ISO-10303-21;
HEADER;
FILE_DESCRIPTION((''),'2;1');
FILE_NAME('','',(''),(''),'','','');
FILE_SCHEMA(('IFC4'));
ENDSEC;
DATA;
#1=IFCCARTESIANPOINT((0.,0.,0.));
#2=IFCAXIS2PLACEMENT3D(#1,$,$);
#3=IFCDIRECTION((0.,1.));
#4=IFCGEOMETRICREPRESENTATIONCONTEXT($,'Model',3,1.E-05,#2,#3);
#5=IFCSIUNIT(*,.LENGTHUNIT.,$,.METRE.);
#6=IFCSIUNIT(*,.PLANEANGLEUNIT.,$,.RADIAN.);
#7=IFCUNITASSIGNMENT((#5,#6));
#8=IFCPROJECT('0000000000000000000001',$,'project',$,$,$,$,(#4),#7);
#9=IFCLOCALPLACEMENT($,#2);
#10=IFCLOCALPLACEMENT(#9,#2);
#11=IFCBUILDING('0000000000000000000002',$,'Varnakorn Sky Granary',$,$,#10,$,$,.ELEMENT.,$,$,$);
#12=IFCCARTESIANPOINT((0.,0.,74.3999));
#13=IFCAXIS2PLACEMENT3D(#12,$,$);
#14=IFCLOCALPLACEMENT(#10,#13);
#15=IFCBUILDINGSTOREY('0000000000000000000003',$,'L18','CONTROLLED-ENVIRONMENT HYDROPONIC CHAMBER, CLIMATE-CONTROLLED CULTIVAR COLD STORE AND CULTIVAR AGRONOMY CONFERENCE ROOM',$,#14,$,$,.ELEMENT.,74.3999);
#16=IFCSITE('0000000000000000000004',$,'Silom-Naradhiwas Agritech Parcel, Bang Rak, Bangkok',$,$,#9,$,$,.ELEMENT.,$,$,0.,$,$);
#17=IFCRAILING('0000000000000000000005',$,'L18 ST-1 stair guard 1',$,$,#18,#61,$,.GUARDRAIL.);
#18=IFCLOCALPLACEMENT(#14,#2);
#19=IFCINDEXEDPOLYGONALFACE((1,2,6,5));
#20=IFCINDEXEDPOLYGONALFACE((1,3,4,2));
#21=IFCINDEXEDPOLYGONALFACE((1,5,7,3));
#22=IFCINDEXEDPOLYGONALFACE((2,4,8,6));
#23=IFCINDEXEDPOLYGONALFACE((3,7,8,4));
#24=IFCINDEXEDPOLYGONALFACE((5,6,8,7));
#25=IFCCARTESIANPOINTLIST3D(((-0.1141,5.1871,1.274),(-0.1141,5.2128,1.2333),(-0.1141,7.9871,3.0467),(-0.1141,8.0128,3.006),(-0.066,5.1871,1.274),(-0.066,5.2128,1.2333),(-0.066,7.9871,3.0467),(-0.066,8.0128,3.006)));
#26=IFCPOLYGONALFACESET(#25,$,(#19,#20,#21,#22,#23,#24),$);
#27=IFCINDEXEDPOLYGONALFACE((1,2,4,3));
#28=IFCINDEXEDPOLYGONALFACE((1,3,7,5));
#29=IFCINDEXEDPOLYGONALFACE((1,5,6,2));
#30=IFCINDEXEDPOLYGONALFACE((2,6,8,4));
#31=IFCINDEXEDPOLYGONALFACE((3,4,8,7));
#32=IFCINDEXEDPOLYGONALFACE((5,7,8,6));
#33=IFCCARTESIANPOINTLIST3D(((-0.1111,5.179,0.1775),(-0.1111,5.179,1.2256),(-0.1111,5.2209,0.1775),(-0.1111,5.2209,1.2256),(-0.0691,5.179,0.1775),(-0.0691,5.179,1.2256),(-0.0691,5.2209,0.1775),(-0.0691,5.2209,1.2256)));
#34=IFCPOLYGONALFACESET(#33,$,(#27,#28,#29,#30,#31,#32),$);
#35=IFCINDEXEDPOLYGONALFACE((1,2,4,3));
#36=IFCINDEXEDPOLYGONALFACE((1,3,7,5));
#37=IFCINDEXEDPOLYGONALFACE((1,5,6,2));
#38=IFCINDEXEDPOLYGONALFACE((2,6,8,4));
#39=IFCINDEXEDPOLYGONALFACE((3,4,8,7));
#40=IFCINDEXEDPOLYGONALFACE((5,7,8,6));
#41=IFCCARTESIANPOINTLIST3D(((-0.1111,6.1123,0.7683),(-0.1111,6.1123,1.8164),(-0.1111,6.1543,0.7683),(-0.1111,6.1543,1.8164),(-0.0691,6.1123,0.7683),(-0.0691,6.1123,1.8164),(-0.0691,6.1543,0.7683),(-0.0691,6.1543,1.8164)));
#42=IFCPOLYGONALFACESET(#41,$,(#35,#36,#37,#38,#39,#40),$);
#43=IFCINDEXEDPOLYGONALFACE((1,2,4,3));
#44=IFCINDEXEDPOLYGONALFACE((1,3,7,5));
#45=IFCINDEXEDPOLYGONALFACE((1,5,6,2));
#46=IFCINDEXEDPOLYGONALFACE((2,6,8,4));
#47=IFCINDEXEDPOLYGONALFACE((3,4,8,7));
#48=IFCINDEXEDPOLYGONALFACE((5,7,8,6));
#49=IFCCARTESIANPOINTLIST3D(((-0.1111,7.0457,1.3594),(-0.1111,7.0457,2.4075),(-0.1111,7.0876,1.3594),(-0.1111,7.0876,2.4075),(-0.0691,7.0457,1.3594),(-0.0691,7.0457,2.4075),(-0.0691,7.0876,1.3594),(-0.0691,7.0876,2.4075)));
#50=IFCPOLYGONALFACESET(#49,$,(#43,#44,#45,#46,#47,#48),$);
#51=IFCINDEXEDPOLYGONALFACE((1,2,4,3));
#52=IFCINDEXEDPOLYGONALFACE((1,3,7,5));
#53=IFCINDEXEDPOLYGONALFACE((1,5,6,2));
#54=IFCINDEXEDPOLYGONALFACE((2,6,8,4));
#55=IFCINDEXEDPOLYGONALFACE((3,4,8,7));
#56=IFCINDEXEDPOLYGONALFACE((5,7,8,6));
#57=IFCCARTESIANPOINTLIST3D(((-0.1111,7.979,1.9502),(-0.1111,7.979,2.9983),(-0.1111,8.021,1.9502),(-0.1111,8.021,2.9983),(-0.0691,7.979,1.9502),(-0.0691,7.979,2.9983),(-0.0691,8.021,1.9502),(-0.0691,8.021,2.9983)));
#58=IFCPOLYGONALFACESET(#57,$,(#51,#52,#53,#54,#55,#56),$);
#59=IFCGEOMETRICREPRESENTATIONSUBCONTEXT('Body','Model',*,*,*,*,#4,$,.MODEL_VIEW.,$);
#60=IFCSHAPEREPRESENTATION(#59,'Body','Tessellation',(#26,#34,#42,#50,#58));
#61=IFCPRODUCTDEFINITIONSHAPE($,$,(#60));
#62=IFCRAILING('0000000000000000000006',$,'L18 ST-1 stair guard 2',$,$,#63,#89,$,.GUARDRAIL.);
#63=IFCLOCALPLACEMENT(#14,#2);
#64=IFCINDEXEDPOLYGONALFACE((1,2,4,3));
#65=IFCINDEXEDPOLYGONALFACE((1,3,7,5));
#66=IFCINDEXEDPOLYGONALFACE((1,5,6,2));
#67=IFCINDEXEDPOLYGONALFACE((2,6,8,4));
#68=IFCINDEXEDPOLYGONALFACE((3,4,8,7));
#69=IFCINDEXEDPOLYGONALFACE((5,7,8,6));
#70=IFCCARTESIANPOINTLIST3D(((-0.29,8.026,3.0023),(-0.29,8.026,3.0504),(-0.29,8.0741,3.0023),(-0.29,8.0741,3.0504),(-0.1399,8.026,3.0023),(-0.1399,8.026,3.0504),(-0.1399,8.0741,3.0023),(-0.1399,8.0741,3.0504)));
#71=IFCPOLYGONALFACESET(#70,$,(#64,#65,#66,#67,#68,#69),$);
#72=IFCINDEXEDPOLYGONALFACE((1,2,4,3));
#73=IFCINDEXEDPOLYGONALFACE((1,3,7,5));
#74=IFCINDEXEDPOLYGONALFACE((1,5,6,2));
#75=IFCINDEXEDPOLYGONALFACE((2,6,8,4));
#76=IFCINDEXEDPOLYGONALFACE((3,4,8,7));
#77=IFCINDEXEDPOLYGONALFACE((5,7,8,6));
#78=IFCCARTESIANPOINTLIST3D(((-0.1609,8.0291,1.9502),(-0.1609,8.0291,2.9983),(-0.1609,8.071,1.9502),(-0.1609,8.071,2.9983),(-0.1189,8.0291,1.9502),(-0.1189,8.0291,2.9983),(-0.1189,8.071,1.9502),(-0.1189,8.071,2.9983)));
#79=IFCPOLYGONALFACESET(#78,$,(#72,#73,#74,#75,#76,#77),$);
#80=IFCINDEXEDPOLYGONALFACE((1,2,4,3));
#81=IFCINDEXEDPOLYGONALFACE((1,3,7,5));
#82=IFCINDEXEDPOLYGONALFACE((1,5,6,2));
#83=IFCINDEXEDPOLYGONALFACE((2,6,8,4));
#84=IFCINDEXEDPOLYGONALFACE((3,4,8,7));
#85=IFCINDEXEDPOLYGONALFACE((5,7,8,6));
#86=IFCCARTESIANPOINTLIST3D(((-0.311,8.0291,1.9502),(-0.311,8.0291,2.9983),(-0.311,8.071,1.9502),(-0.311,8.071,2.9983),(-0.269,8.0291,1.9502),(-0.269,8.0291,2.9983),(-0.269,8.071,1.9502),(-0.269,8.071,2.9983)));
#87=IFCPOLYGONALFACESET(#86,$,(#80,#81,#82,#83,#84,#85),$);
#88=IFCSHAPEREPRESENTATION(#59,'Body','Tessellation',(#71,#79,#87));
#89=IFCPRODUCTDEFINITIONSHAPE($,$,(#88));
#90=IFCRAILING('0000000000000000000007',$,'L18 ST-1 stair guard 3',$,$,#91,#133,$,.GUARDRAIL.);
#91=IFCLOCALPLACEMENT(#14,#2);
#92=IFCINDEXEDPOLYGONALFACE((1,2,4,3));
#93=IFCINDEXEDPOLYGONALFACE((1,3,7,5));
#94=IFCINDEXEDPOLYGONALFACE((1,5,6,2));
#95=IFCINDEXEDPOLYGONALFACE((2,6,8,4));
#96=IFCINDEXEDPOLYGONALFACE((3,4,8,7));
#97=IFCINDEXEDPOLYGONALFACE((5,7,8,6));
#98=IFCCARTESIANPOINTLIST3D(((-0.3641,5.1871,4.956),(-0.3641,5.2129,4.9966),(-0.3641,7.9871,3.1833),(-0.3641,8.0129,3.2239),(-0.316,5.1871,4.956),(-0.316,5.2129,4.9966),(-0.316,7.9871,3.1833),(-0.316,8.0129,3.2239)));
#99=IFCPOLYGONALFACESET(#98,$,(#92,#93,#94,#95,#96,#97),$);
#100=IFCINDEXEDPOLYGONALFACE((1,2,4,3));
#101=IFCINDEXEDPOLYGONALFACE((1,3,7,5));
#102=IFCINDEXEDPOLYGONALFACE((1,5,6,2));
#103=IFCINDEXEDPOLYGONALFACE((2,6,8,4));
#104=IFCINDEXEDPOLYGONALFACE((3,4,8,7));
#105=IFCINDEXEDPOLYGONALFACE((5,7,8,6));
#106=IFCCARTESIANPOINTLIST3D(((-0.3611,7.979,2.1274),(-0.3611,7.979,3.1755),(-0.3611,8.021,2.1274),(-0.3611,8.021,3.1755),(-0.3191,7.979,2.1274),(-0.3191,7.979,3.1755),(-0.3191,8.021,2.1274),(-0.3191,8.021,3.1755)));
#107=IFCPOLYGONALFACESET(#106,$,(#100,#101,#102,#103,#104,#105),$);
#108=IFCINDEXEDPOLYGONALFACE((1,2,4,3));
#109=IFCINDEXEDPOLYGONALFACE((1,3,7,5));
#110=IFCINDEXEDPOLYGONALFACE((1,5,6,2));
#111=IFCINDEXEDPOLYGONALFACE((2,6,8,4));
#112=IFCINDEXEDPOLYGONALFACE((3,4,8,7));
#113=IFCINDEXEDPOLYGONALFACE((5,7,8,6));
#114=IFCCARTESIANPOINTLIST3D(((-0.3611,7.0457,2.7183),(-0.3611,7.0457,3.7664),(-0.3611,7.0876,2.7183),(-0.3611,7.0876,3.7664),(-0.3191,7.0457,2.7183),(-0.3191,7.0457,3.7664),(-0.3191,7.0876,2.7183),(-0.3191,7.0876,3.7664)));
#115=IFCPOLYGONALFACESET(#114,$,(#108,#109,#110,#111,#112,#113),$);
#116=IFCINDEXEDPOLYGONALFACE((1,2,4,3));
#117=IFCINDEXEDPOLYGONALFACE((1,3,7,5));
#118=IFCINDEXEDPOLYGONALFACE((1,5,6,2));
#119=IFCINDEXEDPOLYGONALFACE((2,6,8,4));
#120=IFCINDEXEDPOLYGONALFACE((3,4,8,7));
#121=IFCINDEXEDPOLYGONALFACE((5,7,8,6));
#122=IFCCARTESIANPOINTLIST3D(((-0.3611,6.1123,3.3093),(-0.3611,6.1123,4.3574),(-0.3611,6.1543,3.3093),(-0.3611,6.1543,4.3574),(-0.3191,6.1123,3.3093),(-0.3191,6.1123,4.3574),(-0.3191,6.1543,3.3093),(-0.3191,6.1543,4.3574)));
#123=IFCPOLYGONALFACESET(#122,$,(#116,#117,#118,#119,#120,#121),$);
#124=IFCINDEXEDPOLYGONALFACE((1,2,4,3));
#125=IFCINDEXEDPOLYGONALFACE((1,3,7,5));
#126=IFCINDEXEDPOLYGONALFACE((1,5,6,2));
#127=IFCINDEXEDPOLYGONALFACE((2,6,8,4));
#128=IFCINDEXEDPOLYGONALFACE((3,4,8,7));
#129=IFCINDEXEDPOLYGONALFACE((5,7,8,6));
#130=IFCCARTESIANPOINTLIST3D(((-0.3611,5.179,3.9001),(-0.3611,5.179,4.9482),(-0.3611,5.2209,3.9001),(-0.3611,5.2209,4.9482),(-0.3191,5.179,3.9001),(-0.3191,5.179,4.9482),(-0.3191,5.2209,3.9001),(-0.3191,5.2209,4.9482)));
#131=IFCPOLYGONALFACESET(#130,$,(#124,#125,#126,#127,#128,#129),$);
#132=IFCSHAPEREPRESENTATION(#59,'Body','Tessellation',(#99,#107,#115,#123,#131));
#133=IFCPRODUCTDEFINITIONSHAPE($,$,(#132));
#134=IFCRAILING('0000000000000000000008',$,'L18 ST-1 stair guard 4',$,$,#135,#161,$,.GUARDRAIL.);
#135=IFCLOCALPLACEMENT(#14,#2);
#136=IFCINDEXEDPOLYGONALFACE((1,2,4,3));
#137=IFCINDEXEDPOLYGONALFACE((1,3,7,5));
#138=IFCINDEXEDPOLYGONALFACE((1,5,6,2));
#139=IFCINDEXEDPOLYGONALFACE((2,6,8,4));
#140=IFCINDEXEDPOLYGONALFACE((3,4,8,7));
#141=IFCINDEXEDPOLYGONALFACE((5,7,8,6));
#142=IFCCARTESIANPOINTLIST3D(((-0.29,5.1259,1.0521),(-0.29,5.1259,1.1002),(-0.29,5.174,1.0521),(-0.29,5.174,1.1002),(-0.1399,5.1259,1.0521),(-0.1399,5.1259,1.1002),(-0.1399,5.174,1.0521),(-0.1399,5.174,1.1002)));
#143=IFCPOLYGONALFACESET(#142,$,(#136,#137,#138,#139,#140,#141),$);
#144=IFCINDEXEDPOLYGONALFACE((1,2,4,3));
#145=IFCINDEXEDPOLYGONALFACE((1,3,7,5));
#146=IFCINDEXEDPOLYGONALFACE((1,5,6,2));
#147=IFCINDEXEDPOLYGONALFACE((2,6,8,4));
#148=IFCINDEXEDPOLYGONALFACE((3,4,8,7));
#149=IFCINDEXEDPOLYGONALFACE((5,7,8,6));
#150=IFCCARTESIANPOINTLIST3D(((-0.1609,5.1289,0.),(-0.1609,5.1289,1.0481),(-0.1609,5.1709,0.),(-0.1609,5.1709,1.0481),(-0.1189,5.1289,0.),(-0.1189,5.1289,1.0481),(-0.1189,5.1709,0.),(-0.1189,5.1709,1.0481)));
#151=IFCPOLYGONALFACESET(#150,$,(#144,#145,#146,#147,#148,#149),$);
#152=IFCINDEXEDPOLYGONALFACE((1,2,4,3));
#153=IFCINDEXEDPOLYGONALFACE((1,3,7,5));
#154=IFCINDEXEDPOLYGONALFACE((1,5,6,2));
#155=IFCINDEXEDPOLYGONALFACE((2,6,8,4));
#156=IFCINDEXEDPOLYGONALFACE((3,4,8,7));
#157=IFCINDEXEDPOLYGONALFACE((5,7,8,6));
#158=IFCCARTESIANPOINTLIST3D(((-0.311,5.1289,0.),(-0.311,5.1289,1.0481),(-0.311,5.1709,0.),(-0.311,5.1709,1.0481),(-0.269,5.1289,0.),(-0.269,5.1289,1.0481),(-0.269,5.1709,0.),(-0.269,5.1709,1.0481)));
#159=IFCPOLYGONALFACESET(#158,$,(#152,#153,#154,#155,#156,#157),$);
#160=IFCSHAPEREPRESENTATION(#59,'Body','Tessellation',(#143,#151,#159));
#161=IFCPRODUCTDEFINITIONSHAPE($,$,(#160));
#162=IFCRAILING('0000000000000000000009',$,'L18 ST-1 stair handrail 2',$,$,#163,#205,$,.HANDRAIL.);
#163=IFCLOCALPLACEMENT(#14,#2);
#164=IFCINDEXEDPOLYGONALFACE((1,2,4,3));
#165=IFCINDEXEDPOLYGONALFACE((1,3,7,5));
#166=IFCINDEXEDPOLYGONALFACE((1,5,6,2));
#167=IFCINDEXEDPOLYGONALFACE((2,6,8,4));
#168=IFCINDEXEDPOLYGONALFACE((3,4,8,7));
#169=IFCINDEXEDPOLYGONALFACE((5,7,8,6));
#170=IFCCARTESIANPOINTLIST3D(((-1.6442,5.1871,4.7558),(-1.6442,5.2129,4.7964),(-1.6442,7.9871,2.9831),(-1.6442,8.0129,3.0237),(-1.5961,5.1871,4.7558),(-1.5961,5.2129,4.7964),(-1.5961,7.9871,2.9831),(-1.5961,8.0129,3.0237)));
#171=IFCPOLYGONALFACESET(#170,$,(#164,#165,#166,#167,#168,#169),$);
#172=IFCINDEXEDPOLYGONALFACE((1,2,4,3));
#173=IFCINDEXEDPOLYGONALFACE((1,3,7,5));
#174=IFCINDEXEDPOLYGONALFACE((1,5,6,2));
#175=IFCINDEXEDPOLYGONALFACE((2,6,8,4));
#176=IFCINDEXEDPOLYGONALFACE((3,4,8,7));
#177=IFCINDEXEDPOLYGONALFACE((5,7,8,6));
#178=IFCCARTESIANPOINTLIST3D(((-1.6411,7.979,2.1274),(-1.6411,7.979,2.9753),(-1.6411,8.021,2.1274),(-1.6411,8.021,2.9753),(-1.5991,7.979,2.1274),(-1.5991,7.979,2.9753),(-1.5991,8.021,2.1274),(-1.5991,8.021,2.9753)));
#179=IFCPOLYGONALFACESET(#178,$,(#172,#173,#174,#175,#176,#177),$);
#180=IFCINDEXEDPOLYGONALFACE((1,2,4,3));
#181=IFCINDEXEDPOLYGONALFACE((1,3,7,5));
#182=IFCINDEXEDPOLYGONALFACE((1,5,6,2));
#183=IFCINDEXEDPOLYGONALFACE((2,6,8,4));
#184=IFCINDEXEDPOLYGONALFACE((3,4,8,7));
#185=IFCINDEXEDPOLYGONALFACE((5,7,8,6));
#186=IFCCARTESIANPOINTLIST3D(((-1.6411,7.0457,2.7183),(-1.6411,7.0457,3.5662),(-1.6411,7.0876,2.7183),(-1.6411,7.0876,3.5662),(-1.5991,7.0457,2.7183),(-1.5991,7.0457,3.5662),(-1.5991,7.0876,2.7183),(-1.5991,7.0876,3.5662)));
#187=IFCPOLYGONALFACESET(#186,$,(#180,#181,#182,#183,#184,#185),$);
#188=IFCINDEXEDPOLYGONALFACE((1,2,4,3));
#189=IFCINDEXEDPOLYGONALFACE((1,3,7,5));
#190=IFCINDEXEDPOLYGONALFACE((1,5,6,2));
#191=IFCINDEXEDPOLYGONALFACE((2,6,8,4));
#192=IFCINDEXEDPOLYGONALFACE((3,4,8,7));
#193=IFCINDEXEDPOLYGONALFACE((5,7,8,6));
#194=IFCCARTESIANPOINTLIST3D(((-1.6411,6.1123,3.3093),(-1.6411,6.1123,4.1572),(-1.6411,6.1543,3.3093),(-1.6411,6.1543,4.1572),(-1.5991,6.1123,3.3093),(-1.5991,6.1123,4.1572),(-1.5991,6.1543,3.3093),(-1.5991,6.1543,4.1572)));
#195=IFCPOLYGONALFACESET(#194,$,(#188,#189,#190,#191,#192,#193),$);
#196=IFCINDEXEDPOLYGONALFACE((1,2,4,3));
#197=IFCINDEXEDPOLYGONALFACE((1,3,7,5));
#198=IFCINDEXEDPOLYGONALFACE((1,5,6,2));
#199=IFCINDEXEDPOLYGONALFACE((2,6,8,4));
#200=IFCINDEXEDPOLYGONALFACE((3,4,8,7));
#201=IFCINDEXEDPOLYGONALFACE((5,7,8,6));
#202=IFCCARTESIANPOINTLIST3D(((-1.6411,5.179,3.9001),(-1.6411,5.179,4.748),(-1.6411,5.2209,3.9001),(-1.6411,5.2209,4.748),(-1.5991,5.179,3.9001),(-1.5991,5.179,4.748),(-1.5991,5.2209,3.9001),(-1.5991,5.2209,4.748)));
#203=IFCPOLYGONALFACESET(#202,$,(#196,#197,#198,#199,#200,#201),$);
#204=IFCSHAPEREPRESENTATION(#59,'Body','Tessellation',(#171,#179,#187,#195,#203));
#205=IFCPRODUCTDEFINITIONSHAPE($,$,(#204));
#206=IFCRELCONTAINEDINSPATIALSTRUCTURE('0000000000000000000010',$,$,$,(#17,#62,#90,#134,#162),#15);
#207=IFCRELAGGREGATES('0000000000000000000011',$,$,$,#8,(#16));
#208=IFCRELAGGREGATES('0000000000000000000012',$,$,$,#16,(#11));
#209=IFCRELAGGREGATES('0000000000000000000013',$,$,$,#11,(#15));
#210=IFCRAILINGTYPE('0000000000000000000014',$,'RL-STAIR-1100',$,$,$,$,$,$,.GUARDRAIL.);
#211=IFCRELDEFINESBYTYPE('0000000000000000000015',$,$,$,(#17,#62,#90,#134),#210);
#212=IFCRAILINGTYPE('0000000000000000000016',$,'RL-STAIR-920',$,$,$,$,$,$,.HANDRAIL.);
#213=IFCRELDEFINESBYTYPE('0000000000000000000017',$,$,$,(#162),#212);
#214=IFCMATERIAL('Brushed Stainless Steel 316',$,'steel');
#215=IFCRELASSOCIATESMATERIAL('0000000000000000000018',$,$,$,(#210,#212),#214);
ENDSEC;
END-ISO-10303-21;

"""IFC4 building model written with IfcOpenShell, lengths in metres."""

from ifc_helpers import new_model, si_unit, direction, frame, origin, origin_2d, place, context, subcontext, project, spatial, rectangle, extrude, material, type_object, element, save


model = new_model("IFC4")

# Units and contexts
model_context = context("Model", 3, precision=1e-05, world=origin(), true_north=direction((0.0, 1.0)))
body_context = subcontext(model_context, "Body", "Model", "MODEL_VIEW")
ifc_project = project(units=[si_unit("LENGTHUNIT", "METRE"), si_unit("PLANEANGLEUNIT", "RADIAN")], contexts=[model_context])

# Site, building, storey
site_placement = place(None, origin())
site = spatial("IfcSite", under=ifc_project, at=site_placement, Name="Silom-Naradhiwas Agritech Parcel, Bang Rak, Bangkok", CompositionType="ELEMENT", RefElevation=0.0)
building_placement = place(site_placement, origin())
building = spatial("IfcBuilding", under=site, at=building_placement, Name="Varnakorn Sky Granary", CompositionType="ELEMENT")
storey_placement = place(building_placement, frame((0.0, 0.0, 74.3999)))
storey = spatial("IfcBuildingStorey", under=building, at=storey_placement, Name="L18", Description="CONTROLLED-ENVIRONMENT HYDROPONIC CHAMBER, CLIMATE-CONTROLLED CULTIVAR COLD STORE AND CULTIVAR AGRONOMY CONFERENCE ROOM", CompositionType="ELEMENT", Elevation=74.3999)

# Railings
ifc_material_1 = material(Name="Brushed Stainless Steel 316", Category="steel")
railing_type_1 = type_object("IfcRailingType", Name="RL-STAIR-1100", PredefinedType="GUARDRAIL", material=ifc_material_1)
railing_1_placement = place(storey_placement, frame((-0.0901, 5.2, 0.1775)))
element("IfcRailing", 1, at=railing_1_placement, inside=storey, type_object=railing_type_1, Name="L18 ST-1 stair guard 1", PredefinedType="GUARDRAIL", context=body_context, shape_type="SweptSolid", body=[
    extrude(rectangle(XDim=0.0481, YDim=0.0481, at=origin_2d()), frame((0.0, 0.0, 1.0762), z_axis=(0.0, 0.844909, 0.53491), x_axis=(-1.0, 0.0, 0.0)), (0.0, 0.0, 1.0), 3.314),
    extrude(rectangle(XDim=0.042, YDim=0.042, at=origin_2d()), origin(), (0.0, 0.0, 1.0), 1.0481),
    extrude(rectangle(XDim=0.042, YDim=0.042, at=origin_2d()), frame((0.0, 0.9333, 0.5908)), (0.0, 0.0, 1.0), 1.0481),
    extrude(rectangle(XDim=0.042, YDim=0.042, at=origin_2d()), frame((0.0, 1.8667, 1.1819)), (0.0, 0.0, 1.0), 1.0481),
    extrude(rectangle(XDim=0.042, YDim=0.042, at=origin_2d()), frame((0.0, 2.8, 1.7727)), (0.0, 0.0, 1.0), 1.0481),
])
railing_2_placement = place(storey_placement, frame((-0.1399, 8.05, 1.9502)))
element("IfcRailing", 2, at=railing_2_placement, inside=storey, type_object=railing_type_1, Name="L18 ST-1 stair guard 2", PredefinedType="GUARDRAIL", context=body_context, shape_type="SweptSolid", body=[
    extrude(rectangle(XDim=0.0481, YDim=0.0481, at=origin_2d()), frame((0.0, 0.0, 1.0762), z_axis=(-1.0, 0.0, 0.0), x_axis=(0.0, -1.0, 0.0)), (0.0, 0.0, 1.0), 0.1501),
    extrude(rectangle(XDim=0.042, YDim=0.042, at=origin_2d()), origin(), (0.0, 0.0, 1.0), 1.0481),
    extrude(rectangle(XDim=0.042, YDim=0.042, at=origin_2d()), frame((-0.1501, 0.0, 0.0)), (0.0, 0.0, 1.0), 1.0481),
])
railing_3_placement = place(storey_placement, frame((-0.3401, 8.0, 2.1274)))
element("IfcRailing", 3, at=railing_3_placement, inside=storey, type_object=railing_type_1, Name="L18 ST-1 stair guard 3", PredefinedType="GUARDRAIL", context=body_context, shape_type="SweptSolid", body=[
    extrude(rectangle(XDim=0.0481, YDim=0.0481, at=origin_2d()), frame((0.0, 0.0, 1.0762), z_axis=(0.0, -0.844909, 0.53491), x_axis=(1.0, 0.0, 0.0)), (0.0, 0.0, 1.0), 3.314),
    extrude(rectangle(XDim=0.042, YDim=0.042, at=origin_2d()), origin(), (0.0, 0.0, 1.0), 1.0481),
    extrude(rectangle(XDim=0.042, YDim=0.042, at=origin_2d()), frame((0.0, -0.9333, 0.5908)), (0.0, 0.0, 1.0), 1.0481),
    extrude(rectangle(XDim=0.042, YDim=0.042, at=origin_2d()), frame((0.0, -1.8667, 1.1819)), (0.0, 0.0, 1.0), 1.0481),
    extrude(rectangle(XDim=0.042, YDim=0.042, at=origin_2d()), frame((0.0, -2.8, 1.7727)), (0.0, 0.0, 1.0), 1.0481),
])
railing_4_placement = place(storey_placement, frame((-0.1399, 5.1499, 0.0)))
element("IfcRailing", 4, at=railing_4_placement, inside=storey, type_object=railing_type_1, Name="L18 ST-1 stair guard 4", PredefinedType="GUARDRAIL", context=body_context, shape_type="SweptSolid", body=[
    extrude(rectangle(XDim=0.0481, YDim=0.0481, at=origin_2d()), frame((0.0, 0.0, 1.0762), z_axis=(-1.0, 0.0, 0.0), x_axis=(0.0, -1.0, 0.0)), (0.0, 0.0, 1.0), 0.1501),
    extrude(rectangle(XDim=0.042, YDim=0.042, at=origin_2d()), origin(), (0.0, 0.0, 1.0), 1.0481),
    extrude(rectangle(XDim=0.042, YDim=0.042, at=origin_2d()), frame((-0.1501, 0.0, 0.0)), (0.0, 0.0, 1.0), 1.0481),
])
railing_type_2 = type_object("IfcRailingType", Name="RL-STAIR-920", PredefinedType="HANDRAIL", material=ifc_material_1)
railing_5_placement = place(storey_placement, frame((-1.6201, 8.0, 2.1274)))
element("IfcRailing", 5, at=railing_5_placement, inside=storey, type_object=railing_type_2, Name="L18 ST-1 stair handrail 2", PredefinedType="HANDRAIL", context=body_context, shape_type="SweptSolid", body=[
    extrude(rectangle(XDim=0.0481, YDim=0.0481, at=origin_2d()), frame((0.0, 0.0, 0.876), z_axis=(0.0, -0.844909, 0.53491), x_axis=(1.0, 0.0, 0.0)), (0.0, 0.0, 1.0), 3.314),
    extrude(rectangle(XDim=0.042, YDim=0.042, at=origin_2d()), origin(), (0.0, 0.0, 1.0), 0.8479),
    extrude(rectangle(XDim=0.042, YDim=0.042, at=origin_2d()), frame((0.0, -0.9333, 0.5908)), (0.0, 0.0, 1.0), 0.8479),
    extrude(rectangle(XDim=0.042, YDim=0.042, at=origin_2d()), frame((0.0, -1.8667, 1.1819)), (0.0, 0.0, 1.0), 0.8479),
    extrude(rectangle(XDim=0.042, YDim=0.042, at=origin_2d()), frame((0.0, -2.8, 1.7727)), (0.0, 0.0, 1.0), 0.8479),
])

save(model, "model.ifc")
